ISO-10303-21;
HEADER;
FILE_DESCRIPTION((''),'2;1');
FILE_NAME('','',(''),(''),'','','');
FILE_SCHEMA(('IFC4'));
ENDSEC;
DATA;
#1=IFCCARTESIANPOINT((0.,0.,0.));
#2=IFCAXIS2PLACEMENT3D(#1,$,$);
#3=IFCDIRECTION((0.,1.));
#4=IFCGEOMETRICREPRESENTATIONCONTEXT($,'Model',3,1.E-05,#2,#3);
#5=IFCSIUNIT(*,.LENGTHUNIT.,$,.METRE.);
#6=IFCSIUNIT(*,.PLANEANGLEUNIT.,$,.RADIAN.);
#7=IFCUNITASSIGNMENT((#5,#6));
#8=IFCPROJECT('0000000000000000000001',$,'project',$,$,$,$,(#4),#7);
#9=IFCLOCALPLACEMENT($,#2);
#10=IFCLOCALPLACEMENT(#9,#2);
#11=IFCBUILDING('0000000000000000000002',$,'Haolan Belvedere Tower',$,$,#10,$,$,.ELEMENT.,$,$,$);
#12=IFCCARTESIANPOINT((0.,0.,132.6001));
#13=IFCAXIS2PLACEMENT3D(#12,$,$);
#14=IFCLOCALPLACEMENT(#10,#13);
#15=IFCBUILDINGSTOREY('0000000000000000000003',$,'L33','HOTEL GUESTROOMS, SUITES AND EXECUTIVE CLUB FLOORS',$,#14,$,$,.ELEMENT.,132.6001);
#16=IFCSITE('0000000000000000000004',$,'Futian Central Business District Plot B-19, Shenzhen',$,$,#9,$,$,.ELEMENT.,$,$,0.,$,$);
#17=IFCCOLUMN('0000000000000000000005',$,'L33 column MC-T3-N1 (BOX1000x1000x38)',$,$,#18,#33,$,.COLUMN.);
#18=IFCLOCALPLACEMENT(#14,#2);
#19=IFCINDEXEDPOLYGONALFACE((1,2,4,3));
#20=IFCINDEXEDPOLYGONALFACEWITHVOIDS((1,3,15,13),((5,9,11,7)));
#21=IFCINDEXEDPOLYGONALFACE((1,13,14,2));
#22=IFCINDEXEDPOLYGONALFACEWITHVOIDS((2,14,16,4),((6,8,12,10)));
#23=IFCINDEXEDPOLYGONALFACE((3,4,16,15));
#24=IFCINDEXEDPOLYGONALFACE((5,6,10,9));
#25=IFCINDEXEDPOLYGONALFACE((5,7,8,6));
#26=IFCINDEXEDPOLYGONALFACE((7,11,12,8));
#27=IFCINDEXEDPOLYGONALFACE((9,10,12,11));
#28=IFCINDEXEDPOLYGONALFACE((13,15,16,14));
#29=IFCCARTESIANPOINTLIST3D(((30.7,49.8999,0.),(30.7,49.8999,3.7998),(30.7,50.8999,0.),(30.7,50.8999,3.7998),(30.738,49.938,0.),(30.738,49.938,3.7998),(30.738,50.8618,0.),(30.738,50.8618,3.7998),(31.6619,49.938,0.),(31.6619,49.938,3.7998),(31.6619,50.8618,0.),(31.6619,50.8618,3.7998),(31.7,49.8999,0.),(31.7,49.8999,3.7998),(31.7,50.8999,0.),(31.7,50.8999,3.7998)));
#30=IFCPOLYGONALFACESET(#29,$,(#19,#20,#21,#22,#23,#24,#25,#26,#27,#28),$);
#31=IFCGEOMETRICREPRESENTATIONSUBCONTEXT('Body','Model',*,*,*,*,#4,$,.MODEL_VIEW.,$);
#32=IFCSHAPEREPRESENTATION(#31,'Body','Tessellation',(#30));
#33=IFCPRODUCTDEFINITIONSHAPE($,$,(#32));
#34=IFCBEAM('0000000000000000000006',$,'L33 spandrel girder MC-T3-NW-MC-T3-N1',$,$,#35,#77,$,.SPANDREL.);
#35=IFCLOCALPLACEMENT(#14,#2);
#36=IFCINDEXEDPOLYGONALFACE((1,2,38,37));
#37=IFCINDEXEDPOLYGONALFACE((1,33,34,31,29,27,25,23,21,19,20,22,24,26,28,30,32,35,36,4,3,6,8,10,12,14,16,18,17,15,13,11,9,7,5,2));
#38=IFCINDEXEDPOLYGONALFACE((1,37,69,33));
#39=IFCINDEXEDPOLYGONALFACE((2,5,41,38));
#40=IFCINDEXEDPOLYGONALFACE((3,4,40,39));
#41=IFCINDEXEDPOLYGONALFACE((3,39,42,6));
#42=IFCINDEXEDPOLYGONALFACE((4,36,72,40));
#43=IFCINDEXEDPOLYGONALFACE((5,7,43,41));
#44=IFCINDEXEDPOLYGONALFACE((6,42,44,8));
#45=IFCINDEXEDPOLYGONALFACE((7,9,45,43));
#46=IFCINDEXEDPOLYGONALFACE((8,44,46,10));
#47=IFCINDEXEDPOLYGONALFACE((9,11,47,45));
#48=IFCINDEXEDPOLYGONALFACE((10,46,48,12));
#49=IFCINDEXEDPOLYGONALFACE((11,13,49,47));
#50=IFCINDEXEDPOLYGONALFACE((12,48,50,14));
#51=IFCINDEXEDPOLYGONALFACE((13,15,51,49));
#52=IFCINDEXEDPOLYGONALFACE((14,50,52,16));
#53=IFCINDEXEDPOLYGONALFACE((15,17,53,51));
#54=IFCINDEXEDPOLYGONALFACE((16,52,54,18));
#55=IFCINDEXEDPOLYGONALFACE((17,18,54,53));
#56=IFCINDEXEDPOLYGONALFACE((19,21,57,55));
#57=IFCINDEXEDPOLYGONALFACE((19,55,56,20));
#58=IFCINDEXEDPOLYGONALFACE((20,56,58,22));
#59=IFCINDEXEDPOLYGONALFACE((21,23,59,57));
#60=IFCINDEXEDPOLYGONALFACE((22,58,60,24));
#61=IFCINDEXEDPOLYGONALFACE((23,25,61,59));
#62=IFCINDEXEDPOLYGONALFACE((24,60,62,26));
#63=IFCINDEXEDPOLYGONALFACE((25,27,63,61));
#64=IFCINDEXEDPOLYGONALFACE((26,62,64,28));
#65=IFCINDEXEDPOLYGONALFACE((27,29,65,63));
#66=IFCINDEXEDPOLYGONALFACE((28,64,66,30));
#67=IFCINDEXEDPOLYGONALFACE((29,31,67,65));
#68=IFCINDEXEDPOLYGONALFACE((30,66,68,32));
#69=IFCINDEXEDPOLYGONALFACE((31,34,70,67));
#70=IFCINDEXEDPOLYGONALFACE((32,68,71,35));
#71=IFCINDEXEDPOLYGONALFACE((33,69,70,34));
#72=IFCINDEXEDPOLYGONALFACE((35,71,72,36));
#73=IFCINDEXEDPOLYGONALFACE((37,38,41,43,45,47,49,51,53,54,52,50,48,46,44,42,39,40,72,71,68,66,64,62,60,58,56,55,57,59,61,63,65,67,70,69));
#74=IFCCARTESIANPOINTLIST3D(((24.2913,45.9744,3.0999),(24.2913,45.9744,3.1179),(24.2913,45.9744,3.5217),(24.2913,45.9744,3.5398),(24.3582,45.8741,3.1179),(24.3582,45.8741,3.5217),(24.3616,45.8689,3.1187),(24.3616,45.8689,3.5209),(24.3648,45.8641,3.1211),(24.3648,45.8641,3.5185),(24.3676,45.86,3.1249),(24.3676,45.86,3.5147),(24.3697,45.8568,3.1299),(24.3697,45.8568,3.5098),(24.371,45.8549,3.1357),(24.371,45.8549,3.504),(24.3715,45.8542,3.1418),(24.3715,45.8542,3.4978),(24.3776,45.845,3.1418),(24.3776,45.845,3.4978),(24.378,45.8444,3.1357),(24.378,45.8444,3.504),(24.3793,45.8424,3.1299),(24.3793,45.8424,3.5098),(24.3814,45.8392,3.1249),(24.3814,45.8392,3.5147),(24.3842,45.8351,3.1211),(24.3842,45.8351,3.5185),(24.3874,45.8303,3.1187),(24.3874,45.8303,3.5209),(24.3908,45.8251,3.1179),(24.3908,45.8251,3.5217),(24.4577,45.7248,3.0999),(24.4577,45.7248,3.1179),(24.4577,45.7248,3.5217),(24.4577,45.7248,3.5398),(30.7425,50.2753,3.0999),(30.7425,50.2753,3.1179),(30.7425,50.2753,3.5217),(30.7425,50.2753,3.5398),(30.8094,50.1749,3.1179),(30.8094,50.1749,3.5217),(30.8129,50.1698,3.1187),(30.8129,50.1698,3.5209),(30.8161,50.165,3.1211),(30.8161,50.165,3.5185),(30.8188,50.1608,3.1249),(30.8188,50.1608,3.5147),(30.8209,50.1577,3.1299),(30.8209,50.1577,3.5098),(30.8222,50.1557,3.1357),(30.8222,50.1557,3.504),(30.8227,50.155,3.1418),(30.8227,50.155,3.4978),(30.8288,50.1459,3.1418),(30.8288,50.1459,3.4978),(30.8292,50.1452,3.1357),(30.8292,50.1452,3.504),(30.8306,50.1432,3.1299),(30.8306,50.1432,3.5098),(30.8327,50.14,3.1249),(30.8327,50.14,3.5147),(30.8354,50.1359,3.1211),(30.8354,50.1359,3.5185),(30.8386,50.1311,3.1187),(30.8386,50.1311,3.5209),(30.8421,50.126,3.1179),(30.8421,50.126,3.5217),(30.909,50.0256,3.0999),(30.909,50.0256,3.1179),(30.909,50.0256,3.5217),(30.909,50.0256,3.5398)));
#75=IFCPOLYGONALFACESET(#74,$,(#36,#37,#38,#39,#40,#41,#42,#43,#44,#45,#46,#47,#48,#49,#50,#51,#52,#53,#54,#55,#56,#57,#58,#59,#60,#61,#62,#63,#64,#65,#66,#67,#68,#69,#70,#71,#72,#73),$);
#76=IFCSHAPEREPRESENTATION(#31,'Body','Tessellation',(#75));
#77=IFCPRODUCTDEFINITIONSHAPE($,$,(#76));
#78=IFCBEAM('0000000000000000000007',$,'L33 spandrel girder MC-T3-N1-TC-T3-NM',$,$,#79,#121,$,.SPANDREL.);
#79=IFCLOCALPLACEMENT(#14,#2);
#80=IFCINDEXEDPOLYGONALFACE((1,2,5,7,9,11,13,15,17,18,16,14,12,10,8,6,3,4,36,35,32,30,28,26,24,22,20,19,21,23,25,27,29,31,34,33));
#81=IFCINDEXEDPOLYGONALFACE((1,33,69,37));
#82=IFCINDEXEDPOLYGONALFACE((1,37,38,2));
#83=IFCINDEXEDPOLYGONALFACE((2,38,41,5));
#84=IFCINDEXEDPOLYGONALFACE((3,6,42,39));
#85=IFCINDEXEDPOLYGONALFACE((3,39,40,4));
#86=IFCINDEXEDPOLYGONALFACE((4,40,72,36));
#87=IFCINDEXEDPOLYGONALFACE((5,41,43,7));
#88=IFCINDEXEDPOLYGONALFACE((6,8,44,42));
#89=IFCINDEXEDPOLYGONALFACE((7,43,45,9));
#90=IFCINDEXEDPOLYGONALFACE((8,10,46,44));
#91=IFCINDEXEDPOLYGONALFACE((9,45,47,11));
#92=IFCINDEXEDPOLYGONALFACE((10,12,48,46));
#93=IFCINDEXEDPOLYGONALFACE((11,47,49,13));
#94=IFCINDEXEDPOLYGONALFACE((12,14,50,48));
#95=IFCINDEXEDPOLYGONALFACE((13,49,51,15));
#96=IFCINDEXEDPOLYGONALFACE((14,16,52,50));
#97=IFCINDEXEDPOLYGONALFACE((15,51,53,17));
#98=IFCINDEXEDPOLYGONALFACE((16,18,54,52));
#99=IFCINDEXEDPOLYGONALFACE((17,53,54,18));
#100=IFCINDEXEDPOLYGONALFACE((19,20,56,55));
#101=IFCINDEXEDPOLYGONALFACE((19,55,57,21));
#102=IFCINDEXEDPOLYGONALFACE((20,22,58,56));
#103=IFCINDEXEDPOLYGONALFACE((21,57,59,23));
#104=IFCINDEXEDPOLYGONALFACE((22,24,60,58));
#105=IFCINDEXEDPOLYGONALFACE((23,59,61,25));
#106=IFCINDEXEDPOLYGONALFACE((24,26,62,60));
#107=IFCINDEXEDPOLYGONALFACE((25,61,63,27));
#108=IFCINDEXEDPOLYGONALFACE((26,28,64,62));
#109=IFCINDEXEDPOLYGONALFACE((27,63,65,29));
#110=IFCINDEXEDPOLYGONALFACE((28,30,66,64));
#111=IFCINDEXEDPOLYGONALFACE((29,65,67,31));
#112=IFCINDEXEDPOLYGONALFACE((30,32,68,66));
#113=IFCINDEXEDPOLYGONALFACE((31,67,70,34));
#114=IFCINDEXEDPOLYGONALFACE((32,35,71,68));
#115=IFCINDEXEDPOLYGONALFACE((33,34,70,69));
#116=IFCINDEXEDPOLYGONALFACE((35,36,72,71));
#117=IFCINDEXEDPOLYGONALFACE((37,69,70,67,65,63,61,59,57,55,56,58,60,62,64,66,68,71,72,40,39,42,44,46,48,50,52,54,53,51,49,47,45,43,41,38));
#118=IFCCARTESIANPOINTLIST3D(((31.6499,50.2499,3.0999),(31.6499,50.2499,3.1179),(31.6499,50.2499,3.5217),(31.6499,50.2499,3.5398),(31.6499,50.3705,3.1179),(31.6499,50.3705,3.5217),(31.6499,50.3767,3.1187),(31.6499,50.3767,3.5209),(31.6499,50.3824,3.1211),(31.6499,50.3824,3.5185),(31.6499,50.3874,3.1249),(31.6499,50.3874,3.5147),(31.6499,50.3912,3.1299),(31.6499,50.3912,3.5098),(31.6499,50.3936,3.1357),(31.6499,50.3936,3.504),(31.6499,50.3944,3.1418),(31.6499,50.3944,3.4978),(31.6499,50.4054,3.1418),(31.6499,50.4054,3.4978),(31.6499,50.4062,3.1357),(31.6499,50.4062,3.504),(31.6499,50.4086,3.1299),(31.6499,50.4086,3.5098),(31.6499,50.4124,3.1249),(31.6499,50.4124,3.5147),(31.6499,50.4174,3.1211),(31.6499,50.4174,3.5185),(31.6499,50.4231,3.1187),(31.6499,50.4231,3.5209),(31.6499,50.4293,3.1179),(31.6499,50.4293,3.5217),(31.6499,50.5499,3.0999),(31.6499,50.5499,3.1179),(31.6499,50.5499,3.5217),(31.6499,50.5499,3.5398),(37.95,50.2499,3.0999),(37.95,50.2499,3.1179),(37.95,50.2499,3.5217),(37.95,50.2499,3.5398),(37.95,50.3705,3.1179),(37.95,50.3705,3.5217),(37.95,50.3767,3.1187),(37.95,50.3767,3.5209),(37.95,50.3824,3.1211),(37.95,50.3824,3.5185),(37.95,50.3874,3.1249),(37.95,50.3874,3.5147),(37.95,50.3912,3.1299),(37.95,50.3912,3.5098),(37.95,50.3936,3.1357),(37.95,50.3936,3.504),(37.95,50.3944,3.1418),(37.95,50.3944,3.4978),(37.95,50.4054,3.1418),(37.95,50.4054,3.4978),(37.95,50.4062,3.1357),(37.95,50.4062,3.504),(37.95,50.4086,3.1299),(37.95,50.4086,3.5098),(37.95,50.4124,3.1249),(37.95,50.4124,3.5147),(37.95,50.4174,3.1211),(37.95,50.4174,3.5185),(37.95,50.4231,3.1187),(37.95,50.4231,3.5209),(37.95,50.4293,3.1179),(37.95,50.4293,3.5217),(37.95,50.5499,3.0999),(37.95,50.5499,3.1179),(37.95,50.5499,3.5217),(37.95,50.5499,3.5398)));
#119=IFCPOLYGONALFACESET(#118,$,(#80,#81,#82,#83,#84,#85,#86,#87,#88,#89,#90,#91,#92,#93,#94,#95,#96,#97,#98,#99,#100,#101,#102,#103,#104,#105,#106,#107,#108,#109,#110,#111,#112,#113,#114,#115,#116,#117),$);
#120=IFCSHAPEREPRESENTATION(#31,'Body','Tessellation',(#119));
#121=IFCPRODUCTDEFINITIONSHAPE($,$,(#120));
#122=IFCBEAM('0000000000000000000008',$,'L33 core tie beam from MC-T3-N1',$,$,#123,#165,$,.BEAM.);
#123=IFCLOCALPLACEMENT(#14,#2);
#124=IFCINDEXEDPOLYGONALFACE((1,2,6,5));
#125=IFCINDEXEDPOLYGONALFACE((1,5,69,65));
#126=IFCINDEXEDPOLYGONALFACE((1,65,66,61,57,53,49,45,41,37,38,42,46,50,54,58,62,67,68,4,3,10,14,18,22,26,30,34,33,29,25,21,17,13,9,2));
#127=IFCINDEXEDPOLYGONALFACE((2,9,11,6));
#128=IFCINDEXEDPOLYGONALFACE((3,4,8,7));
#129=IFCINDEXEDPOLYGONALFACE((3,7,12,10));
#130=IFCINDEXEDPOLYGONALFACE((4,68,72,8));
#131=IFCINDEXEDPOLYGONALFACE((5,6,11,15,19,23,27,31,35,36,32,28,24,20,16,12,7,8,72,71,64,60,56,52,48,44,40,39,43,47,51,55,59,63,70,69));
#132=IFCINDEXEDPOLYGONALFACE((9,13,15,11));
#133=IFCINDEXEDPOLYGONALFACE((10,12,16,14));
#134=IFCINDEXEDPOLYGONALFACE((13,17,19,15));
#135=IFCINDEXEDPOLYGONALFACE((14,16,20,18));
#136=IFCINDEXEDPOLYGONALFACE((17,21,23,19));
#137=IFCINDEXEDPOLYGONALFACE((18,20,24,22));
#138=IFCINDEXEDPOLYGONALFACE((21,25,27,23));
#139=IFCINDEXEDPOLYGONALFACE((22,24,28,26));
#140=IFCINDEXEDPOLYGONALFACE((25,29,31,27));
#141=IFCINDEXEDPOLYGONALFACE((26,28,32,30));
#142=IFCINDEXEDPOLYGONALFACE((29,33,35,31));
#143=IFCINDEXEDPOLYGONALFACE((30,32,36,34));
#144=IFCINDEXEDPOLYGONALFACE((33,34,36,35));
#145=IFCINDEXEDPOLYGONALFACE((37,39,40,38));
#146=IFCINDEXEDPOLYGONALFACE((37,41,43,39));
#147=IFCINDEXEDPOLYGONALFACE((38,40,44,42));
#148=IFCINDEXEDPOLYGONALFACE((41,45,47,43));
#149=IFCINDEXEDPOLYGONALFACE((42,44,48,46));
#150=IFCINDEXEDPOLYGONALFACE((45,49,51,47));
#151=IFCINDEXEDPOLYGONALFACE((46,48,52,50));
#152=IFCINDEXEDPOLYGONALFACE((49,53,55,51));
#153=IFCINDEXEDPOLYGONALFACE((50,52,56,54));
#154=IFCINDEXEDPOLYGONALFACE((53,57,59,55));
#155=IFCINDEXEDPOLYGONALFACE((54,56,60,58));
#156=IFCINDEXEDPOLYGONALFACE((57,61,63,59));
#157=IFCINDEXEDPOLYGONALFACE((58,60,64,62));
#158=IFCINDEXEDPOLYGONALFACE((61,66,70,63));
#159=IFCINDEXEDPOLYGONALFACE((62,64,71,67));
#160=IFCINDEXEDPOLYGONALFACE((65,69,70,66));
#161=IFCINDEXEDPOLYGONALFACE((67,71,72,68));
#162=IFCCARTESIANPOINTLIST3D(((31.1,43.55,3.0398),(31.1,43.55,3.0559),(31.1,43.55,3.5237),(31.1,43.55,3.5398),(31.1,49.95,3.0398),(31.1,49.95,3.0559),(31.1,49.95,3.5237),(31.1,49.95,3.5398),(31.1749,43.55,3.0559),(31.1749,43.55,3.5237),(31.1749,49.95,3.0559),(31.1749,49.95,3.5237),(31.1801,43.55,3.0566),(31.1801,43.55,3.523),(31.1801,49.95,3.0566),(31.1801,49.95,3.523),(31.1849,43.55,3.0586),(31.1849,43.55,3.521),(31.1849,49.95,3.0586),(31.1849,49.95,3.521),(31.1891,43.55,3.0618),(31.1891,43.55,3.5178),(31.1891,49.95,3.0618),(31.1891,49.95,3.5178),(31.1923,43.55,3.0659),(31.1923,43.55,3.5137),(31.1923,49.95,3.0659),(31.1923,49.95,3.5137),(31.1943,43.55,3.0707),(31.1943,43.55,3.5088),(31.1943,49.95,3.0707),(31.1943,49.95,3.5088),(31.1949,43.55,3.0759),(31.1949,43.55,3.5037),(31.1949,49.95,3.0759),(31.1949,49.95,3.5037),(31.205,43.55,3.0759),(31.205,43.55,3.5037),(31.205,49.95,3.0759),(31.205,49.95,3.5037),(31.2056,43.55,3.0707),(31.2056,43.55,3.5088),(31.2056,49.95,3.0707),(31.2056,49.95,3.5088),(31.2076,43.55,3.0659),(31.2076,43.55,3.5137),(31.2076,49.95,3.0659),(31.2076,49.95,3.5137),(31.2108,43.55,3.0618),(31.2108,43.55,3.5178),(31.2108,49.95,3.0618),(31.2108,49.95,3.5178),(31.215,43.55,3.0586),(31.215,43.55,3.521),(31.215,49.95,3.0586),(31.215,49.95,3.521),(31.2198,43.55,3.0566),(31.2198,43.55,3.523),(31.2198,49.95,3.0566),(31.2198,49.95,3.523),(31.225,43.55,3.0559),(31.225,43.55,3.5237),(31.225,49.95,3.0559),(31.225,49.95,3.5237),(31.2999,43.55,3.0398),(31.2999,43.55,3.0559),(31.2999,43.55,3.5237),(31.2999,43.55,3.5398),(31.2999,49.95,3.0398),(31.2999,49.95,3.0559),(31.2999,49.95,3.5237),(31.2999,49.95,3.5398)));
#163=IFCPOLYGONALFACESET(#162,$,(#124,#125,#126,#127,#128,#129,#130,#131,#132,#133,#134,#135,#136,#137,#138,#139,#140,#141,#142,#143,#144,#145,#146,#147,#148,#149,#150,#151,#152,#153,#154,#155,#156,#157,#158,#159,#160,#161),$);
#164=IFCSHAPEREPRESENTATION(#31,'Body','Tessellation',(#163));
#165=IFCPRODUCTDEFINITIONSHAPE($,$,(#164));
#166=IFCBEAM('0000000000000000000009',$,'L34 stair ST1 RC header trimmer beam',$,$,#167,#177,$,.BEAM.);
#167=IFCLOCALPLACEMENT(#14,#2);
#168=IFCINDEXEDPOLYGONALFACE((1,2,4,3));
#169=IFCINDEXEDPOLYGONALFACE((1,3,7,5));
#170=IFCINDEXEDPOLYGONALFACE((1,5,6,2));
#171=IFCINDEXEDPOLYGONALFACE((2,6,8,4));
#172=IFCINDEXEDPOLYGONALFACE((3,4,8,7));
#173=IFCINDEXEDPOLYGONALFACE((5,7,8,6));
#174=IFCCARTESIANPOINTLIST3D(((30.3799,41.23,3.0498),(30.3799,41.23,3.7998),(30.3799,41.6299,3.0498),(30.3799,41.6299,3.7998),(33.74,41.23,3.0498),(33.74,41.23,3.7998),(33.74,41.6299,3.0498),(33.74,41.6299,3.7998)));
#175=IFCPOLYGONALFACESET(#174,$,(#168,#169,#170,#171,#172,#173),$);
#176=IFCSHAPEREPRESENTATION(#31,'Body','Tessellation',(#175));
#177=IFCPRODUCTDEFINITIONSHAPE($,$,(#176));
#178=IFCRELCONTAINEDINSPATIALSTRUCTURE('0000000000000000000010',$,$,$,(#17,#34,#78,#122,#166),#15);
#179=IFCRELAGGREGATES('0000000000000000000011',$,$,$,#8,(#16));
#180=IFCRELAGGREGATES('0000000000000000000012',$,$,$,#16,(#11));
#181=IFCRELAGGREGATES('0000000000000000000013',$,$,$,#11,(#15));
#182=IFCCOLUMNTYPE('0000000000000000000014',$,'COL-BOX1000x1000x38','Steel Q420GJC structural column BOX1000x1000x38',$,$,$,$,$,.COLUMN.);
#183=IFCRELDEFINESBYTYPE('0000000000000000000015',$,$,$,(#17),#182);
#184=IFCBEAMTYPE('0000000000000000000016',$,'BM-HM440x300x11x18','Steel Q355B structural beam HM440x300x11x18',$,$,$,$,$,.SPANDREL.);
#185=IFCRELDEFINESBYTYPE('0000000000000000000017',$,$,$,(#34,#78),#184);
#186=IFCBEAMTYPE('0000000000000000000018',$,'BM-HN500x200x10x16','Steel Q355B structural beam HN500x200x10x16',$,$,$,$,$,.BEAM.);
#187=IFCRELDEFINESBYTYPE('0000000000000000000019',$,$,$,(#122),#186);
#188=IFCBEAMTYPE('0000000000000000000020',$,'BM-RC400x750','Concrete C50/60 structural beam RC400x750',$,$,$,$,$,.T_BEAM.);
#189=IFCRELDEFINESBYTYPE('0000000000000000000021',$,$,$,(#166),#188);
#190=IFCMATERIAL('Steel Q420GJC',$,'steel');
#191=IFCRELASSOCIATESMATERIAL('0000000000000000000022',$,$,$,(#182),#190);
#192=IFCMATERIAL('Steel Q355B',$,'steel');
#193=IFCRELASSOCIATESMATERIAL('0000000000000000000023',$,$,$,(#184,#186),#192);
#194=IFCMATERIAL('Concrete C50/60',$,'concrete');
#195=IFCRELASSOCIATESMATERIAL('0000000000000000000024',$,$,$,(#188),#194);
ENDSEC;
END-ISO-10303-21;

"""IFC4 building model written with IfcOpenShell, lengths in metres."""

from ifc_helpers import new_model, si_unit, direction, frame, origin, origin_2d, place, context, subcontext, project, spatial, rectangle, hollow_rectangle, i_section, extrude, material, material_profile, profile_set, type_object, element, save


model = new_model("IFC4")

# Units and contexts
model_context = context("Model", 3, precision=1e-05, world=origin(), true_north=direction((0.0, 1.0)))
body_context = subcontext(model_context, "Body", "Model", "MODEL_VIEW")
ifc_project = project(units=[si_unit("LENGTHUNIT", "METRE"), si_unit("PLANEANGLEUNIT", "RADIAN")], contexts=[model_context])

# Site, building, storey
site_placement = place(None, origin())
site = spatial("IfcSite", under=ifc_project, at=site_placement, Name="Futian Central Business District Plot B-19, Shenzhen", CompositionType="ELEMENT", RefElevation=0.0)
building_placement = place(site_placement, origin())
building = spatial("IfcBuilding", under=site, at=building_placement, Name="Haolan Belvedere Tower", CompositionType="ELEMENT")
storey_placement = place(building_placement, frame((0.0, 0.0, 132.6001)))
storey = spatial("IfcBuildingStorey", under=building, at=storey_placement, Name="L33", Description="HOTEL GUESTROOMS, SUITES AND EXECUTIVE CLUB FLOORS", CompositionType="ELEMENT", Elevation=132.6001)

# Column
ifc_material_1 = material(Name="Steel Q420GJC", Category="steel")
ifc_material_profile_1 = material_profile(ifc_material_1, hollow_rectangle(XDim=1.0, YDim=1.0, WallThickness=0.0381, at=origin_2d()), Name="Steel Q420GJC")
ifc_profile_set_1 = profile_set([ifc_material_profile_1], Name="Steel Q420GJC")
column_type = type_object("IfcColumnType", Name="COL-BOX1000x1000x38", Description="Steel Q420GJC structural column BOX1000x1000x38", PredefinedType="COLUMN", material=ifc_profile_set_1)
column_placement = place(storey_placement, frame((31.2, 50.3999, 0.0), z_axis=(0.0, 0.0, 1.0), x_axis=(1.0, 0.0, 0.0)))
element("IfcColumn", 1, at=column_placement, inside=storey, type_object=column_type, Name="L33 column MC-T3-N1 (BOX1000x1000x38)", PredefinedType="COLUMN", context=body_context, shape_type="SweptSolid", body=[
    extrude(hollow_rectangle(XDim=1.0, YDim=1.0, WallThickness=0.0381, at=origin_2d()), origin(), (0.0, 0.0, 1.0), 3.7998),
])

# Beams
ifc_material_2 = material(Name="Steel Q355B", Category="steel")
ifc_material_profile_2 = material_profile(ifc_material_2, i_section(OverallWidth=0.3, OverallDepth=0.4399, WebThickness=0.011, FlangeThickness=0.0181, FilletRadius=0.0239, at=origin_2d()), Name="Steel Q355B")
ifc_profile_set_2 = profile_set([ifc_material_profile_2], Name="Steel Q355B")
beam_type_1 = type_object("IfcBeamType", Name="BM-HM440x300x11x18", Description="Steel Q355B structural beam HM440x300x11x18", PredefinedType="SPANDREL", material=ifc_profile_set_2)
beam_1_placement = place(storey_placement, frame((24.3745, 45.8496, 3.3198), z_axis=(0.83205, 0.5547, 0.0), x_axis=(-0.5547, 0.83205, 0.0)))
element("IfcBeam", 2, at=beam_1_placement, inside=storey, type_object=beam_type_1, Name="L33 spandrel girder MC-T3-NW-MC-T3-N1", PredefinedType="SPANDREL", context=body_context, shape_type="SweptSolid", body=[
    extrude(i_section(OverallWidth=0.3, OverallDepth=0.4399, WebThickness=0.011, FlangeThickness=0.0181, FilletRadius=0.0239, at=origin_2d()), origin(), (0.0, 0.0, 1.0), 7.7534),
])
beam_2_placement = place(storey_placement, frame((31.6499, 50.3999, 3.3198), z_axis=(1.0, 0.0, 0.0), x_axis=(0.0, 1.0, 0.0)))
element("IfcBeam", 3, at=beam_2_placement, inside=storey, type_object=beam_type_1, Name="L33 spandrel girder MC-T3-N1-TC-T3-NM", PredefinedType="SPANDREL", context=body_context, shape_type="SweptSolid", body=[
    extrude(i_section(OverallWidth=0.3, OverallDepth=0.4399, WebThickness=0.011, FlangeThickness=0.0181, FilletRadius=0.0239, at=origin_2d()), origin(), (0.0, 0.0, 1.0), 6.3),
])
ifc_material_profile_3 = material_profile(ifc_material_2, i_section(OverallWidth=0.2, OverallDepth=0.5, WebThickness=0.01, FlangeThickness=0.0161, FilletRadius=0.02, at=origin_2d()), Name="Steel Q355B")
ifc_profile_set_3 = profile_set([ifc_material_profile_3], Name="Steel Q355B")
beam_type_2 = type_object("IfcBeamType", Name="BM-HN500x200x10x16", Description="Steel Q355B structural beam HN500x200x10x16", PredefinedType="BEAM", material=ifc_profile_set_3)
beam_3_placement = place(storey_placement, frame((31.2, 49.95, 3.2898), z_axis=(0.0, -1.0, 0.0), x_axis=(1.0, 0.0, 0.0)))
element("IfcBeam", 4, at=beam_3_placement, inside=storey, type_object=beam_type_2, Name="L33 core tie beam from MC-T3-N1", PredefinedType="BEAM", context=body_context, shape_type="SweptSolid", body=[
    extrude(i_section(OverallWidth=0.2, OverallDepth=0.5, WebThickness=0.01, FlangeThickness=0.0161, FilletRadius=0.02, at=origin_2d()), origin(), (0.0, 0.0, 1.0), 6.3999),
])
ifc_material_3 = material(Name="Concrete C50/60", Category="concrete")
ifc_material_profile_4 = material_profile(ifc_material_3, rectangle(XDim=0.3999, YDim=0.75, at=origin_2d()), Name="Concrete C50/60")
ifc_profile_set_4 = profile_set([ifc_material_profile_4], Name="Concrete C50/60")
beam_type_3 = type_object("IfcBeamType", Name="BM-RC400x750", Description="Concrete C50/60 structural beam RC400x750", PredefinedType="T_BEAM", material=ifc_profile_set_4)
beam_4_placement = place(storey_placement, frame((30.3799, 41.4299, 3.4248), z_axis=(1.0, 0.0, 0.0), x_axis=(0.0, 1.0, 0.0)))
element("IfcBeam", 5, at=beam_4_placement, inside=storey, type_object=beam_type_3, Name="L34 stair ST1 RC header trimmer beam", PredefinedType="BEAM", context=body_context, shape_type="SweptSolid", body=[
    extrude(rectangle(XDim=0.3999, YDim=0.75, at=origin_2d()), origin(), (0.0, 0.0, 1.0), 3.3601),
])

save(model, "model.ifc")
